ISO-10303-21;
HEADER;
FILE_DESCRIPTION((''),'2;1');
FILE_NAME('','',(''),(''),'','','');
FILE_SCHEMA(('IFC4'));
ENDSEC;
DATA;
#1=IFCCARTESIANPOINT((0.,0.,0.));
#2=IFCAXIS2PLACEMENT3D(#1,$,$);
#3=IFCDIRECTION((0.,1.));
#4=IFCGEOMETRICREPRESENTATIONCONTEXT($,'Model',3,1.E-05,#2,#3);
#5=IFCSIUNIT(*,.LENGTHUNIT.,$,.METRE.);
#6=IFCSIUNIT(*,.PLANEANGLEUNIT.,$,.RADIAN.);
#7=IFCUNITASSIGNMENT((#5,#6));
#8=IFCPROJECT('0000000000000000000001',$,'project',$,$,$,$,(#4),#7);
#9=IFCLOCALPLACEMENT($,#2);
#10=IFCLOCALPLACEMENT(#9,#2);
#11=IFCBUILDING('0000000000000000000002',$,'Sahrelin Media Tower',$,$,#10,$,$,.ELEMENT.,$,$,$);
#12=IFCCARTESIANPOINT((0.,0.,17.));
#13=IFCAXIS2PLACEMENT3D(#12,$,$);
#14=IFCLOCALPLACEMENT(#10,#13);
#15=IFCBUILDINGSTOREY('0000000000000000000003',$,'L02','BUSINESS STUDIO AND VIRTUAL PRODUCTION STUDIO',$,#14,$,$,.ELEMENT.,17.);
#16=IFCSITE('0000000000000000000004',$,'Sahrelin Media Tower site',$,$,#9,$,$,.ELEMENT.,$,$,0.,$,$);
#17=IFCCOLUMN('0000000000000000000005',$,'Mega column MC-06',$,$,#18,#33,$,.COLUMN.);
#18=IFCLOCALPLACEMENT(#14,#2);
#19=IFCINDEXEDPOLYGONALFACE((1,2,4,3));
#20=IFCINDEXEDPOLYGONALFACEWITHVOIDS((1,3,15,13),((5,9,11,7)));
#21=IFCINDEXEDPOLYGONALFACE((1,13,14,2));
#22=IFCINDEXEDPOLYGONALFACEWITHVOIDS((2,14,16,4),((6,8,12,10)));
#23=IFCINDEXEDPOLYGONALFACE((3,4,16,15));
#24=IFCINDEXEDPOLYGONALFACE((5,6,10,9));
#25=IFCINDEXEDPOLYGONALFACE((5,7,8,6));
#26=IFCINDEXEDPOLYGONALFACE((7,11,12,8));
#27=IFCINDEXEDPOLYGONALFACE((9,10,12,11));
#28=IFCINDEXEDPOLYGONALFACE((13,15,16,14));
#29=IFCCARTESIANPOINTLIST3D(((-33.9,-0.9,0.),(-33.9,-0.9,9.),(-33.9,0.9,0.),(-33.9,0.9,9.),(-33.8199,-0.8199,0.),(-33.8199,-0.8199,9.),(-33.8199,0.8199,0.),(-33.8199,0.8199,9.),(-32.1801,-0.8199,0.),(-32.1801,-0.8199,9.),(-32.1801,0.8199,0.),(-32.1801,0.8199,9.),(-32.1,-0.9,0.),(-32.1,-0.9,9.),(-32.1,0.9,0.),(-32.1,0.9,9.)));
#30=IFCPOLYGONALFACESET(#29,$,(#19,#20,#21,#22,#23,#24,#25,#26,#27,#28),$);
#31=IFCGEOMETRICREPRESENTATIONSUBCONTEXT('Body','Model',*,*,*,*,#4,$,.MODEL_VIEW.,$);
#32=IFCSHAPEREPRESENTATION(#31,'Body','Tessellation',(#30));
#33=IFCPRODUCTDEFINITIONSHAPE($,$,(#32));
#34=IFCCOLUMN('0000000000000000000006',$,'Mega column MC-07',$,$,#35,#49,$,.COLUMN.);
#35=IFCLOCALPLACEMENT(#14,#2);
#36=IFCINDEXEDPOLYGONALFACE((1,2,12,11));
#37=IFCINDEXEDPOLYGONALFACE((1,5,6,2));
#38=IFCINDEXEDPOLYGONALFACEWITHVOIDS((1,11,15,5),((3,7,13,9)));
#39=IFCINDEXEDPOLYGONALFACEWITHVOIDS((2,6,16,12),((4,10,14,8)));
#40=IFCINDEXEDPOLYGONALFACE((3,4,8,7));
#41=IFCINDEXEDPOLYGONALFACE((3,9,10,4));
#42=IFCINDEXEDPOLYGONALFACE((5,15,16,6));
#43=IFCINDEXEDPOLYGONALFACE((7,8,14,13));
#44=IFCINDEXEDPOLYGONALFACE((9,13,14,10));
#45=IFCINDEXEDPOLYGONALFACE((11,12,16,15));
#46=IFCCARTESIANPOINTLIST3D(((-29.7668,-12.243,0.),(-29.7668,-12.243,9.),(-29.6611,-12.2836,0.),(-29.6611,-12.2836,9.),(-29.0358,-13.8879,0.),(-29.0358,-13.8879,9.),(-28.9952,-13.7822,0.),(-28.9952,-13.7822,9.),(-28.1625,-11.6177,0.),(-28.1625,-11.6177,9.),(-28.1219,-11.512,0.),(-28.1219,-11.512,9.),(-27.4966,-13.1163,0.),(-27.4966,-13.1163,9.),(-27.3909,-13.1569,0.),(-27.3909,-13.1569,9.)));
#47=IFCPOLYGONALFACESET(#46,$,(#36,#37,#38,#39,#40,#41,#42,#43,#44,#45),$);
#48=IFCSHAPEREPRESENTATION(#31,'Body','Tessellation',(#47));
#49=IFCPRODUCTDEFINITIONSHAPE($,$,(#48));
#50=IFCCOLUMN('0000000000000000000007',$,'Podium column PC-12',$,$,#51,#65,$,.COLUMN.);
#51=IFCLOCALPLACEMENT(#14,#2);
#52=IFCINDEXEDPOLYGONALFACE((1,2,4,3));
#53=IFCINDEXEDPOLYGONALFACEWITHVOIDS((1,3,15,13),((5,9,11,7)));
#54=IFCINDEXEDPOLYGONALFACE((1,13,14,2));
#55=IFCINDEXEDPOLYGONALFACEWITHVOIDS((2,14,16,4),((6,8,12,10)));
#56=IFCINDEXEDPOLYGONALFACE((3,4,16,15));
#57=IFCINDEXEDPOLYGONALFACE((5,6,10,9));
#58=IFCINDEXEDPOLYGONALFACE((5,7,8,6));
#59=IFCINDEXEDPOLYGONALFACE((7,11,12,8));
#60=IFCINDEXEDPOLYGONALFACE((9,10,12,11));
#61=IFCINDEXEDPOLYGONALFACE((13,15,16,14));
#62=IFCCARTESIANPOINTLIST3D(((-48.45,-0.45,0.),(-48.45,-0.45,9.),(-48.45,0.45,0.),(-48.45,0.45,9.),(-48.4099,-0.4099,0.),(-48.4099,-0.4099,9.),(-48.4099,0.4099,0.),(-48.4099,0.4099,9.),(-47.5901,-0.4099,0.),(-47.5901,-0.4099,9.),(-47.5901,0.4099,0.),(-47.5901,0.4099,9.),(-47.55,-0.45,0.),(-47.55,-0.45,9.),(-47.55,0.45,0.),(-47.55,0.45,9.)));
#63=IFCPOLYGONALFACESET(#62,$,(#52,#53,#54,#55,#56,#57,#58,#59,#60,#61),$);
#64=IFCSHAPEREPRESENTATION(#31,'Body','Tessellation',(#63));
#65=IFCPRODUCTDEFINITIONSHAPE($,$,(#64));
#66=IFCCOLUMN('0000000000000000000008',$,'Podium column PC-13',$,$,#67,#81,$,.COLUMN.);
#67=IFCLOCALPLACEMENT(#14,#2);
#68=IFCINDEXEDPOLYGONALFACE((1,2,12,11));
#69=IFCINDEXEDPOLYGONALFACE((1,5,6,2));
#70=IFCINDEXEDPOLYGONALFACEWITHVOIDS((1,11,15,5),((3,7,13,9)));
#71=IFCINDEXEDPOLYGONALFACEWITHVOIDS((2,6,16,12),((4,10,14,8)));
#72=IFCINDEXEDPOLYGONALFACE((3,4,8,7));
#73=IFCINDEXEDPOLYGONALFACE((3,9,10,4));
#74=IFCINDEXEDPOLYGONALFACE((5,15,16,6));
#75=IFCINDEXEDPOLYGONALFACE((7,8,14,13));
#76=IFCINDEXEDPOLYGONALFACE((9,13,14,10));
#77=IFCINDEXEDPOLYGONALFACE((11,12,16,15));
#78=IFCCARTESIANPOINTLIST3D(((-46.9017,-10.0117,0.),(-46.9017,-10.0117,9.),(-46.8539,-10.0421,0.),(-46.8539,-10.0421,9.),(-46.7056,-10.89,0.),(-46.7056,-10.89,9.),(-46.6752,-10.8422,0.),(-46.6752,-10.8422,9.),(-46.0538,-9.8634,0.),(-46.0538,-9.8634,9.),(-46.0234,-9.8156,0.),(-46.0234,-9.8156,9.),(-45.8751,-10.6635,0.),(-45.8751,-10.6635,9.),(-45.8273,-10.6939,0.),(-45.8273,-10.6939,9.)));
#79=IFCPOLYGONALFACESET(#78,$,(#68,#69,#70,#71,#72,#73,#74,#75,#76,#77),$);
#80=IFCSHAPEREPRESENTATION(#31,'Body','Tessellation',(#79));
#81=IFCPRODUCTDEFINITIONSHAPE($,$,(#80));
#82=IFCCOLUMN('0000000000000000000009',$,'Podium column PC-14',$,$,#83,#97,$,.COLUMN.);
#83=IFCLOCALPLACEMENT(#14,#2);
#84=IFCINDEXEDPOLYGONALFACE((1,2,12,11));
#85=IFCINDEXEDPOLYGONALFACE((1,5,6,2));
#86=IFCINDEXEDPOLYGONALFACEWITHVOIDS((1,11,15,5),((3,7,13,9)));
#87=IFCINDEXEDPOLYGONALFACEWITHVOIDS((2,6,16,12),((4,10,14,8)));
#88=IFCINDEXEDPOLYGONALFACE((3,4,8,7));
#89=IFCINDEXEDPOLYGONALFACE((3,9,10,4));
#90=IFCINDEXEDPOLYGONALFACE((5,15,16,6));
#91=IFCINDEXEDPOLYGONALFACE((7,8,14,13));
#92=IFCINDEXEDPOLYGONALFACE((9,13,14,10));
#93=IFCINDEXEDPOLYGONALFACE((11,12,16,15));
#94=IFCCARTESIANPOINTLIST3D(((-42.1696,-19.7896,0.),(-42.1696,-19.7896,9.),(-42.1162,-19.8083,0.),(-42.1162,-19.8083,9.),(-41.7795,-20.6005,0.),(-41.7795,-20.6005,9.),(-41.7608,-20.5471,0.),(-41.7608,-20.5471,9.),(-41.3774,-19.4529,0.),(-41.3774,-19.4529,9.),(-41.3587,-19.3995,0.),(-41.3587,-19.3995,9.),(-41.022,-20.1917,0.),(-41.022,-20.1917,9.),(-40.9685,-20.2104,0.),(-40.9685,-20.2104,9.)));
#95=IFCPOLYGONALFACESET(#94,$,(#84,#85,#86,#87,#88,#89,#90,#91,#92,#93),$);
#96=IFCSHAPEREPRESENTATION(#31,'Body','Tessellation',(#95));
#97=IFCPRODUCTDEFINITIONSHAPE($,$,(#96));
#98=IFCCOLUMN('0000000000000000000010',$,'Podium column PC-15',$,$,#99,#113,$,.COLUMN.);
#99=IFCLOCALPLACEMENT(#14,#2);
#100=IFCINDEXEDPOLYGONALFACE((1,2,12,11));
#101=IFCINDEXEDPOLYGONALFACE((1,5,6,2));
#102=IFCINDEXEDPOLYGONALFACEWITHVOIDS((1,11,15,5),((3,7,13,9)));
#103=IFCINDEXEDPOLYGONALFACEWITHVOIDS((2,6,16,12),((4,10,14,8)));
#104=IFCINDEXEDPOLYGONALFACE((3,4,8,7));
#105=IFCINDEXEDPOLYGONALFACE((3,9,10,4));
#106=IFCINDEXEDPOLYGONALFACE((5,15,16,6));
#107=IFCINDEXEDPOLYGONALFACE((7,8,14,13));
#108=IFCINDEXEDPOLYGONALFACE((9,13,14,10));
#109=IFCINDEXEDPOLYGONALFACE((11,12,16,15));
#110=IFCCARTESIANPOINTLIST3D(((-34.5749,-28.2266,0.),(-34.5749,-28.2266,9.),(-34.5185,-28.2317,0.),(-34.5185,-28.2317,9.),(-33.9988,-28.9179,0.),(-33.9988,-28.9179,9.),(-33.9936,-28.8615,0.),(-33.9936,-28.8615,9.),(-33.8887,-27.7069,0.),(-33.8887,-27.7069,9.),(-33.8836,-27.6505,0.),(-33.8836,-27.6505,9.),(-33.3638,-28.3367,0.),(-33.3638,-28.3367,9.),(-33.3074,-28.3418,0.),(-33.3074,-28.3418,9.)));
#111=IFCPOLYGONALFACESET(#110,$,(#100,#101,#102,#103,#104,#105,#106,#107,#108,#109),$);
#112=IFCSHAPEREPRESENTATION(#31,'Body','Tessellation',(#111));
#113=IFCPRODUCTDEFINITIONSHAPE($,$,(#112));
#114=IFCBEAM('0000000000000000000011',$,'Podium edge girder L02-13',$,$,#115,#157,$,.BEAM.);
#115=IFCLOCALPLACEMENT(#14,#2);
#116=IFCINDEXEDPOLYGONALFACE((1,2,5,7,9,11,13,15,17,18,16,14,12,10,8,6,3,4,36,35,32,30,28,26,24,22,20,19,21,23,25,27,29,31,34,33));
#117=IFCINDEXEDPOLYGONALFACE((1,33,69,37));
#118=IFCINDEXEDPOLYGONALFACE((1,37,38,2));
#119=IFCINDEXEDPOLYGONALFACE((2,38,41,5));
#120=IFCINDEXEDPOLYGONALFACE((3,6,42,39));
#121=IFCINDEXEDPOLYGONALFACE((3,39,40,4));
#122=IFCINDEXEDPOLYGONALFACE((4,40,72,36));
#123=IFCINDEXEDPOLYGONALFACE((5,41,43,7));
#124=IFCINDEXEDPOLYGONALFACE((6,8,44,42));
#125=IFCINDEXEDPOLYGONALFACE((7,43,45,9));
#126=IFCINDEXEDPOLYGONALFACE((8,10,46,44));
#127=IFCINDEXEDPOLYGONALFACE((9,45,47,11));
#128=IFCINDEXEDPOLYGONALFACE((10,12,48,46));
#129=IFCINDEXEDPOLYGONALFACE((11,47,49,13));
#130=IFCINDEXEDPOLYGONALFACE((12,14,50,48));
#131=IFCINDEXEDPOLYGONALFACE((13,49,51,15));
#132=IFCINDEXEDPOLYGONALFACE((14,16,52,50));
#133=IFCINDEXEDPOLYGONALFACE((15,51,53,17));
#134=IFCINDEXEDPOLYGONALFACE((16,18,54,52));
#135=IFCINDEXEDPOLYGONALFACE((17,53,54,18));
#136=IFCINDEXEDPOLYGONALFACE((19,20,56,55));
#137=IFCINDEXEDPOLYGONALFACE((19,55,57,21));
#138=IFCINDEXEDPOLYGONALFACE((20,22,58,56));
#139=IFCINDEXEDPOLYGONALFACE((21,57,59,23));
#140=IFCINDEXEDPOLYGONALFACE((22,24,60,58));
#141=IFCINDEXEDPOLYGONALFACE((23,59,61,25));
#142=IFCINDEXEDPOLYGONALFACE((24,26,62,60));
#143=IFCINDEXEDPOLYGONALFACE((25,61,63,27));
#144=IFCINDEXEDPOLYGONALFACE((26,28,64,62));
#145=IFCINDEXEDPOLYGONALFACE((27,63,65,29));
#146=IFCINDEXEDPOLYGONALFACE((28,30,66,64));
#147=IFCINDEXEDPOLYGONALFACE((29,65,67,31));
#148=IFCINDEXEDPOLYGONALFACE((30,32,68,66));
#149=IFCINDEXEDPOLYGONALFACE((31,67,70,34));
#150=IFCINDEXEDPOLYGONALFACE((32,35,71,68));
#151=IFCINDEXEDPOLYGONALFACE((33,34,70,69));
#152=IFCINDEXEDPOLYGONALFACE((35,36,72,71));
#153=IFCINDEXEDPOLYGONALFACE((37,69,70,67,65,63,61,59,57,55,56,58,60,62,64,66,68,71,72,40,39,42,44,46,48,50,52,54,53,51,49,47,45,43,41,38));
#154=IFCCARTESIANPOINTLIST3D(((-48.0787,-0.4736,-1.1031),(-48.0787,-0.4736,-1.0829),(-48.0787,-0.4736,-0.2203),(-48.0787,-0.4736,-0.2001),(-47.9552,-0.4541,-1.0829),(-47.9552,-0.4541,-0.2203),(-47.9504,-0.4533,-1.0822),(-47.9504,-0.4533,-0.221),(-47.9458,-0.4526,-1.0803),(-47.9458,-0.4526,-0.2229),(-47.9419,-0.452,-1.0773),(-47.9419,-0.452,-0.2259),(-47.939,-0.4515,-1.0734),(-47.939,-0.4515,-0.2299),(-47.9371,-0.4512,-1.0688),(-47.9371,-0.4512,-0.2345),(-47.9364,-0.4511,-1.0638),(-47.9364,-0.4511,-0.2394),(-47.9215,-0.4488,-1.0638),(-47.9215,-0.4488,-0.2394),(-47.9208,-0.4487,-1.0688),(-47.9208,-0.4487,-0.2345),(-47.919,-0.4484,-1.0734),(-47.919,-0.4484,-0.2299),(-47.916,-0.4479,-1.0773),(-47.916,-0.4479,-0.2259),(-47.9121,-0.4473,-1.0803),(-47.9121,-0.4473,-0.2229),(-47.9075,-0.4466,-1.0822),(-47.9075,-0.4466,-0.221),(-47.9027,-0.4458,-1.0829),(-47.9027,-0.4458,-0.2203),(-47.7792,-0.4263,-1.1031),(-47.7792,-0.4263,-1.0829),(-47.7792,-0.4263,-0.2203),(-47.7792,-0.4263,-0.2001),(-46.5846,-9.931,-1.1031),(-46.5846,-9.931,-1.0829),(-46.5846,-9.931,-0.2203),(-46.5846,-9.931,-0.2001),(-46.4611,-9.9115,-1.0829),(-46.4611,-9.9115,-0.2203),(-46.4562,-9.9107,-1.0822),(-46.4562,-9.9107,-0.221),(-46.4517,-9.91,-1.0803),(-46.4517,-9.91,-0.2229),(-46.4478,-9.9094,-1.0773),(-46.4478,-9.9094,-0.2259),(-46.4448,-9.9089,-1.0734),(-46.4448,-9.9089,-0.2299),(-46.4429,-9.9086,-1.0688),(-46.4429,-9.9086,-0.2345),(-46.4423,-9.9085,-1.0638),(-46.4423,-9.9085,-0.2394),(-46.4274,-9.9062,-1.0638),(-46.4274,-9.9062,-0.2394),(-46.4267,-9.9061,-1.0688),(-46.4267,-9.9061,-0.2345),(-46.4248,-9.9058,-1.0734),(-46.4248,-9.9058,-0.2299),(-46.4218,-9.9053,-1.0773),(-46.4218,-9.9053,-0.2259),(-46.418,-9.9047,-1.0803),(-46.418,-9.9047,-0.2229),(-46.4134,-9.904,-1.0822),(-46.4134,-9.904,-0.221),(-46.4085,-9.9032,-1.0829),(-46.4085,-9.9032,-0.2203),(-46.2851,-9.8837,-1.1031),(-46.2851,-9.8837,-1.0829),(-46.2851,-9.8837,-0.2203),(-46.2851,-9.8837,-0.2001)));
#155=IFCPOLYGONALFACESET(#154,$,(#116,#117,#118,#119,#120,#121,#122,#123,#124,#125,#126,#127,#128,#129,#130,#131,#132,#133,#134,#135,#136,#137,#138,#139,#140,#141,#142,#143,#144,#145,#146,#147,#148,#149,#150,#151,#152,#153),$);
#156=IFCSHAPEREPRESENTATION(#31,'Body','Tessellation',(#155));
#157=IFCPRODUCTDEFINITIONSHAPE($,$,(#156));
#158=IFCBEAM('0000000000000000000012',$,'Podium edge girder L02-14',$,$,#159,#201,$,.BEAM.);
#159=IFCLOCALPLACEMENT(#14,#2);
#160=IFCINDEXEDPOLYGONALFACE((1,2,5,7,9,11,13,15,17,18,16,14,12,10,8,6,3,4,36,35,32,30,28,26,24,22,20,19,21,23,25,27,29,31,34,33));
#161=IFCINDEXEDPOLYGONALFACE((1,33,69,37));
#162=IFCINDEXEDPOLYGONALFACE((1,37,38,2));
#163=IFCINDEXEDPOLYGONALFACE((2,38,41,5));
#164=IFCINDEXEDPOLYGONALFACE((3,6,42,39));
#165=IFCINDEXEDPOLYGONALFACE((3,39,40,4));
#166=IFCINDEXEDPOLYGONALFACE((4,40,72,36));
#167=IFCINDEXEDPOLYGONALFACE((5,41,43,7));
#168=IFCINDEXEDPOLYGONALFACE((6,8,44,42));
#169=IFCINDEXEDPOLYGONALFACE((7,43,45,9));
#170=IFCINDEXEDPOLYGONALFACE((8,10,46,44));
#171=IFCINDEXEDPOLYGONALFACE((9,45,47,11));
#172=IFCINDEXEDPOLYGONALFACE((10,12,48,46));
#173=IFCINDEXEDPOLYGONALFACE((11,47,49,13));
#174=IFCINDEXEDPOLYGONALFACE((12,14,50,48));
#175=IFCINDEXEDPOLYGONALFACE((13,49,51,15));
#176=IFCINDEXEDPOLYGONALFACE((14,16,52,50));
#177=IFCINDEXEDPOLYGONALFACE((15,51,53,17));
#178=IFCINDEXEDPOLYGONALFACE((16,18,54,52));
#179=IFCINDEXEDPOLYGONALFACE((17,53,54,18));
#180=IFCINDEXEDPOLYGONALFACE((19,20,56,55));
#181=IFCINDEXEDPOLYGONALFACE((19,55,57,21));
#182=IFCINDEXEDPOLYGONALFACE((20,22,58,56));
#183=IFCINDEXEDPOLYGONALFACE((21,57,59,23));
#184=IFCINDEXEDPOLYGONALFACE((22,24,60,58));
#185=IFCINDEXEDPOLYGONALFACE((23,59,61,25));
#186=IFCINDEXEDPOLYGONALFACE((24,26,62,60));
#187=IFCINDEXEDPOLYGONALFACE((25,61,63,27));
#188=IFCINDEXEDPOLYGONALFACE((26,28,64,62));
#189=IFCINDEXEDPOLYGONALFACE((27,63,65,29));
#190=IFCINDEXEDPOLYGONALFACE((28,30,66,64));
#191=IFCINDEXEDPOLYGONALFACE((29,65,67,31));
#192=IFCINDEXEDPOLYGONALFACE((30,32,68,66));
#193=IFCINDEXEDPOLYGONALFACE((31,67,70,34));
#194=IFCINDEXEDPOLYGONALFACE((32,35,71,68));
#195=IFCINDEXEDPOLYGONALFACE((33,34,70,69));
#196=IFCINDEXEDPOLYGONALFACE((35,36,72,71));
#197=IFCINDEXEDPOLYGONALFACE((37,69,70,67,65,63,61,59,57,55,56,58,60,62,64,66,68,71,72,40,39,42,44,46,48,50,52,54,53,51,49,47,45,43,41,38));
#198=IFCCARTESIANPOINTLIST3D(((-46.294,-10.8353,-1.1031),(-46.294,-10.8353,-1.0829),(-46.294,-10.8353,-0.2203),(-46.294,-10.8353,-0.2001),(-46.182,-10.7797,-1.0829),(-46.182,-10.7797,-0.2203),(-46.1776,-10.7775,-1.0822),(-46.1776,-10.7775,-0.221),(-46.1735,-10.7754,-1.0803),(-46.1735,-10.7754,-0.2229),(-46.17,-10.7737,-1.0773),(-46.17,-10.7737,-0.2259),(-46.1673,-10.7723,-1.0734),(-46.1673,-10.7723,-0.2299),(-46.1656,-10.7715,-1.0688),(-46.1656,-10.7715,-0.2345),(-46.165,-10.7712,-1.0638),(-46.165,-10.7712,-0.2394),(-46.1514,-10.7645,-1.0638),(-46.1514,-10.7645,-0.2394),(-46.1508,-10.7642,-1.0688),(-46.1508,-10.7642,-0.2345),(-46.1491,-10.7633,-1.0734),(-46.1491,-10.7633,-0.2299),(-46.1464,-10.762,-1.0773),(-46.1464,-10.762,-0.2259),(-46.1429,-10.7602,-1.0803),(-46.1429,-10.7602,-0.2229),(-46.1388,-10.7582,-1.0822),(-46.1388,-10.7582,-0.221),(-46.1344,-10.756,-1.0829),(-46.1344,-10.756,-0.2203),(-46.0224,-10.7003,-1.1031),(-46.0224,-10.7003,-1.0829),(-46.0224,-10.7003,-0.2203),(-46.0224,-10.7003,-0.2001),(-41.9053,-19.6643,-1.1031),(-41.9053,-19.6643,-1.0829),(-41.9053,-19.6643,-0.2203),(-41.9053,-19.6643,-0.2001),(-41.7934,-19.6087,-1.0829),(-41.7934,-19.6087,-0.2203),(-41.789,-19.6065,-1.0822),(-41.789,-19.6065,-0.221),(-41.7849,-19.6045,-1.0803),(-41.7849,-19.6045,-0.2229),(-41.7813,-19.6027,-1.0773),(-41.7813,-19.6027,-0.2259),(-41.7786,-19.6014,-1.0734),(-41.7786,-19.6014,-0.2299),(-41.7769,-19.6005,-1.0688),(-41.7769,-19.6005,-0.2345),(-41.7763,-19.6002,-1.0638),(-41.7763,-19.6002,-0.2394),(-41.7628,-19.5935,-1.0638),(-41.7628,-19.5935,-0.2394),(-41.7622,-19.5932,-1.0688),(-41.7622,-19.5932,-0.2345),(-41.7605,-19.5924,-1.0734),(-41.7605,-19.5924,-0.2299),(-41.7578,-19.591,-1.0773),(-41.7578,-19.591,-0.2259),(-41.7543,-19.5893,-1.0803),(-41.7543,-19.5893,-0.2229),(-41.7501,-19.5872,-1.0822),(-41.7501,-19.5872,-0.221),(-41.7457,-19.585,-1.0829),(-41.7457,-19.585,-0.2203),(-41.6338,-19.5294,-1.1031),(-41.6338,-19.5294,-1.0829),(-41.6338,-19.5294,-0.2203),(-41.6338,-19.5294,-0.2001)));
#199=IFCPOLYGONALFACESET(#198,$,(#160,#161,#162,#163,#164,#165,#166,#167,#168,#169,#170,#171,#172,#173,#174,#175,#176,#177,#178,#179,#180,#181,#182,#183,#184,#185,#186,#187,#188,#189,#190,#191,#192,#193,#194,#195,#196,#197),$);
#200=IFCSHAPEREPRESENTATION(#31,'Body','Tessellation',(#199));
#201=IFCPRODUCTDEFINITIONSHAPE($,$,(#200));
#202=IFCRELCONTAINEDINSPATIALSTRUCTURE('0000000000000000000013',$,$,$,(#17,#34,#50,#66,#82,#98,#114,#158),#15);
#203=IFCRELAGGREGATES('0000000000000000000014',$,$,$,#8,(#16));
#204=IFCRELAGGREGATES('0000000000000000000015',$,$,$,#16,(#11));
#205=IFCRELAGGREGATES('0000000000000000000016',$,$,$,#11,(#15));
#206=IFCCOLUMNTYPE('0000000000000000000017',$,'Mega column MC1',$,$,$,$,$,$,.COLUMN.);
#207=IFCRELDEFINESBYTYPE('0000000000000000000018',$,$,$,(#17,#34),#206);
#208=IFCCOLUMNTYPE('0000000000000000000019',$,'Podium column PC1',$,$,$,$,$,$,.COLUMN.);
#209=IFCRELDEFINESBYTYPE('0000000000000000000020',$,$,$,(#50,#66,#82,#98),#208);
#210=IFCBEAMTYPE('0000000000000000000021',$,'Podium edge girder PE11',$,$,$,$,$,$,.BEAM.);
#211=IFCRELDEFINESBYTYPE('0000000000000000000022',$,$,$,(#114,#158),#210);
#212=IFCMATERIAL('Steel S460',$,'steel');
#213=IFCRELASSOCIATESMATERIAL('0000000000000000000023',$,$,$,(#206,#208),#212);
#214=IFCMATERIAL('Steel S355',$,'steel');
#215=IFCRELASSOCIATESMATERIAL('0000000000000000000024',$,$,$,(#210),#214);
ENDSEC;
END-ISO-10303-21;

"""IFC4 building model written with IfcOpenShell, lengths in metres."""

from ifc_helpers import new_model, si_unit, direction, frame, origin, origin_2d, place, context, subcontext, project, spatial, hollow_rectangle, i_section, extrude, material, material_profile, profile_set, type_object, element, save


model = new_model("IFC4")

# Units and contexts
model_context = context("Model", 3, precision=1e-05, world=origin(), true_north=direction((0.0, 1.0)))
body_context = subcontext(model_context, "Body", "Model", "MODEL_VIEW")
ifc_project = project(units=[si_unit("LENGTHUNIT", "METRE"), si_unit("PLANEANGLEUNIT", "RADIAN")], contexts=[model_context])

# Site, building, storey
site_placement = place(None, origin())
site = spatial("IfcSite", under=ifc_project, at=site_placement, Name="Sahrelin Media Tower site", CompositionType="ELEMENT", RefElevation=0.0)
building_placement = place(site_placement, origin())
building = spatial("IfcBuilding", under=site, at=building_placement, Name="Sahrelin Media Tower", CompositionType="ELEMENT")
storey_placement = place(building_placement, frame((0.0, 0.0, 17.0)))
storey = spatial("IfcBuildingStorey", under=building, at=storey_placement, Name="L02", Description="BUSINESS STUDIO AND VIRTUAL PRODUCTION STUDIO", CompositionType="ELEMENT", Elevation=17.0)

# Columns
ifc_material_1 = material(Name="Steel S460", Category="steel")
ifc_material_profile_1 = material_profile(ifc_material_1, hollow_rectangle(XDim=1.8, YDim=1.8, WallThickness=0.0801, at=origin_2d()), Name="Mega column MC1")
ifc_profile_set_1 = profile_set([ifc_material_profile_1], Name="Steel S460")
column_type_1 = type_object("IfcColumnType", Name="Mega column MC1", PredefinedType="COLUMN", material=ifc_profile_set_1)
for number, where, z_axis, x_axis, name in (
    (1, (-33.0, 0.0, 0.0), (0.0, 0.0, 1.0), (-1.0, 0.0, 0.0), "Mega column MC-06"),
    (2, (-28.5789, -12.7, 0.0), (0.0, 0.0, 1.0), (-0.913831, -0.406094, 0.0), "Mega column MC-07"),
):
    element("IfcColumn", number, at=place(storey_placement, frame(where, z_axis=z_axis, x_axis=x_axis)), inside=storey, type_object=column_type_1, Name=name, PredefinedType="COLUMN", context=body_context, shape_type="SweptSolid", body=[
        extrude(hollow_rectangle(XDim=1.8, YDim=1.8, WallThickness=0.0801, at=origin_2d()), origin(), (0.0, 0.0, 1.0), 9.0),
    ])
ifc_material_profile_2 = material_profile(ifc_material_1, hollow_rectangle(XDim=0.8999, YDim=0.8999, WallThickness=0.04, at=origin_2d()), Name="Podium column PC1")
ifc_profile_set_2 = profile_set([ifc_material_profile_2], Name="Steel S460")
column_type_2 = type_object("IfcColumnType", Name="Podium column PC1", PredefinedType="COLUMN", material=ifc_profile_set_2)
for number, where, z_axis, x_axis, name in (
    (3, (-48.0, 0.0, 0.0), (0.0, 0.0, 1.0), (-1.0, 0.0, 0.0), "Podium column PC-12"),
    (4, (-46.3645, -10.3528, 0.0), (0.0, 0.0, 1.0), (-0.975965, -0.217925, 0.0), "Podium column PC-13"),
    (5, (-41.5691, -20.0, 0.0), (0.0, 0.0, 1.0), (-0.901127, -0.433555, 0.0), "Podium column PC-14"),
    (6, (-33.9412, -28.2842, 0.0), (0.0, 0.0, 1.0), (-0.768221, -0.640185, 0.0), "Podium column PC-15"),
):
    element("IfcColumn", number, at=place(storey_placement, frame(where, z_axis=z_axis, x_axis=x_axis)), inside=storey, type_object=column_type_2, Name=name, PredefinedType="COLUMN", context=body_context, shape_type="SweptSolid", body=[
        extrude(hollow_rectangle(XDim=0.8999, YDim=0.8999, WallThickness=0.04, at=origin_2d()), origin(), (0.0, 0.0, 1.0), 9.0),
    ])

# Beams
ifc_material_2 = material(Name="Steel S355", Category="steel")
ifc_material_profile_3 = material_profile(ifc_material_2, i_section(OverallWidth=0.3032, OverallDepth=0.9031, WebThickness=0.0151, FlangeThickness=0.0203, FilletRadius=0.019, at=origin_2d()), Name="UB 914x305x201")
ifc_profile_set_3 = profile_set([ifc_material_profile_3], Name="Steel S355")
beam_type_1 = type_object("IfcBeamType", Name="Podium edge girder PE11", PredefinedType="BEAM", material=ifc_profile_set_3)
beam_1_placement = place(storey_placement, frame((-47.929, -0.45, -0.6516), z_axis=(0.156049, -0.987749, 0.0), x_axis=(0.987749, 0.156049, 0.0)))
element("IfcBeam", 7, at=beam_1_placement, inside=storey, type_object=beam_type_1, Name="Podium edge girder L02-13", PredefinedType="BEAM", context=body_context, shape_type="SweptSolid", body=[
    extrude(i_section(OverallWidth=0.3032, OverallDepth=0.9031, WebThickness=0.0151, FlangeThickness=0.0203, FilletRadius=0.019, at=origin_2d()), origin(), (0.0, 0.0, 1.0), 9.5747),
])
beam_2_placement = place(storey_placement, frame((-46.1582, -10.7678, -0.6516), z_axis=(0.445113, -0.895475, 0.0), x_axis=(0.895475, 0.445113, 0.0)))
element("IfcBeam", 8, at=beam_2_placement, inside=storey, type_object=beam_type_1, Name="Podium edge girder L02-14", PredefinedType="BEAM", context=body_context, shape_type="SweptSolid", body=[
    extrude(i_section(OverallWidth=0.3032, OverallDepth=0.9031, WebThickness=0.0151, FlangeThickness=0.0203, FilletRadius=0.019, at=origin_2d()), origin(), (0.0, 0.0, 1.0), 9.8596),
])

save(model, "model.ifc")
